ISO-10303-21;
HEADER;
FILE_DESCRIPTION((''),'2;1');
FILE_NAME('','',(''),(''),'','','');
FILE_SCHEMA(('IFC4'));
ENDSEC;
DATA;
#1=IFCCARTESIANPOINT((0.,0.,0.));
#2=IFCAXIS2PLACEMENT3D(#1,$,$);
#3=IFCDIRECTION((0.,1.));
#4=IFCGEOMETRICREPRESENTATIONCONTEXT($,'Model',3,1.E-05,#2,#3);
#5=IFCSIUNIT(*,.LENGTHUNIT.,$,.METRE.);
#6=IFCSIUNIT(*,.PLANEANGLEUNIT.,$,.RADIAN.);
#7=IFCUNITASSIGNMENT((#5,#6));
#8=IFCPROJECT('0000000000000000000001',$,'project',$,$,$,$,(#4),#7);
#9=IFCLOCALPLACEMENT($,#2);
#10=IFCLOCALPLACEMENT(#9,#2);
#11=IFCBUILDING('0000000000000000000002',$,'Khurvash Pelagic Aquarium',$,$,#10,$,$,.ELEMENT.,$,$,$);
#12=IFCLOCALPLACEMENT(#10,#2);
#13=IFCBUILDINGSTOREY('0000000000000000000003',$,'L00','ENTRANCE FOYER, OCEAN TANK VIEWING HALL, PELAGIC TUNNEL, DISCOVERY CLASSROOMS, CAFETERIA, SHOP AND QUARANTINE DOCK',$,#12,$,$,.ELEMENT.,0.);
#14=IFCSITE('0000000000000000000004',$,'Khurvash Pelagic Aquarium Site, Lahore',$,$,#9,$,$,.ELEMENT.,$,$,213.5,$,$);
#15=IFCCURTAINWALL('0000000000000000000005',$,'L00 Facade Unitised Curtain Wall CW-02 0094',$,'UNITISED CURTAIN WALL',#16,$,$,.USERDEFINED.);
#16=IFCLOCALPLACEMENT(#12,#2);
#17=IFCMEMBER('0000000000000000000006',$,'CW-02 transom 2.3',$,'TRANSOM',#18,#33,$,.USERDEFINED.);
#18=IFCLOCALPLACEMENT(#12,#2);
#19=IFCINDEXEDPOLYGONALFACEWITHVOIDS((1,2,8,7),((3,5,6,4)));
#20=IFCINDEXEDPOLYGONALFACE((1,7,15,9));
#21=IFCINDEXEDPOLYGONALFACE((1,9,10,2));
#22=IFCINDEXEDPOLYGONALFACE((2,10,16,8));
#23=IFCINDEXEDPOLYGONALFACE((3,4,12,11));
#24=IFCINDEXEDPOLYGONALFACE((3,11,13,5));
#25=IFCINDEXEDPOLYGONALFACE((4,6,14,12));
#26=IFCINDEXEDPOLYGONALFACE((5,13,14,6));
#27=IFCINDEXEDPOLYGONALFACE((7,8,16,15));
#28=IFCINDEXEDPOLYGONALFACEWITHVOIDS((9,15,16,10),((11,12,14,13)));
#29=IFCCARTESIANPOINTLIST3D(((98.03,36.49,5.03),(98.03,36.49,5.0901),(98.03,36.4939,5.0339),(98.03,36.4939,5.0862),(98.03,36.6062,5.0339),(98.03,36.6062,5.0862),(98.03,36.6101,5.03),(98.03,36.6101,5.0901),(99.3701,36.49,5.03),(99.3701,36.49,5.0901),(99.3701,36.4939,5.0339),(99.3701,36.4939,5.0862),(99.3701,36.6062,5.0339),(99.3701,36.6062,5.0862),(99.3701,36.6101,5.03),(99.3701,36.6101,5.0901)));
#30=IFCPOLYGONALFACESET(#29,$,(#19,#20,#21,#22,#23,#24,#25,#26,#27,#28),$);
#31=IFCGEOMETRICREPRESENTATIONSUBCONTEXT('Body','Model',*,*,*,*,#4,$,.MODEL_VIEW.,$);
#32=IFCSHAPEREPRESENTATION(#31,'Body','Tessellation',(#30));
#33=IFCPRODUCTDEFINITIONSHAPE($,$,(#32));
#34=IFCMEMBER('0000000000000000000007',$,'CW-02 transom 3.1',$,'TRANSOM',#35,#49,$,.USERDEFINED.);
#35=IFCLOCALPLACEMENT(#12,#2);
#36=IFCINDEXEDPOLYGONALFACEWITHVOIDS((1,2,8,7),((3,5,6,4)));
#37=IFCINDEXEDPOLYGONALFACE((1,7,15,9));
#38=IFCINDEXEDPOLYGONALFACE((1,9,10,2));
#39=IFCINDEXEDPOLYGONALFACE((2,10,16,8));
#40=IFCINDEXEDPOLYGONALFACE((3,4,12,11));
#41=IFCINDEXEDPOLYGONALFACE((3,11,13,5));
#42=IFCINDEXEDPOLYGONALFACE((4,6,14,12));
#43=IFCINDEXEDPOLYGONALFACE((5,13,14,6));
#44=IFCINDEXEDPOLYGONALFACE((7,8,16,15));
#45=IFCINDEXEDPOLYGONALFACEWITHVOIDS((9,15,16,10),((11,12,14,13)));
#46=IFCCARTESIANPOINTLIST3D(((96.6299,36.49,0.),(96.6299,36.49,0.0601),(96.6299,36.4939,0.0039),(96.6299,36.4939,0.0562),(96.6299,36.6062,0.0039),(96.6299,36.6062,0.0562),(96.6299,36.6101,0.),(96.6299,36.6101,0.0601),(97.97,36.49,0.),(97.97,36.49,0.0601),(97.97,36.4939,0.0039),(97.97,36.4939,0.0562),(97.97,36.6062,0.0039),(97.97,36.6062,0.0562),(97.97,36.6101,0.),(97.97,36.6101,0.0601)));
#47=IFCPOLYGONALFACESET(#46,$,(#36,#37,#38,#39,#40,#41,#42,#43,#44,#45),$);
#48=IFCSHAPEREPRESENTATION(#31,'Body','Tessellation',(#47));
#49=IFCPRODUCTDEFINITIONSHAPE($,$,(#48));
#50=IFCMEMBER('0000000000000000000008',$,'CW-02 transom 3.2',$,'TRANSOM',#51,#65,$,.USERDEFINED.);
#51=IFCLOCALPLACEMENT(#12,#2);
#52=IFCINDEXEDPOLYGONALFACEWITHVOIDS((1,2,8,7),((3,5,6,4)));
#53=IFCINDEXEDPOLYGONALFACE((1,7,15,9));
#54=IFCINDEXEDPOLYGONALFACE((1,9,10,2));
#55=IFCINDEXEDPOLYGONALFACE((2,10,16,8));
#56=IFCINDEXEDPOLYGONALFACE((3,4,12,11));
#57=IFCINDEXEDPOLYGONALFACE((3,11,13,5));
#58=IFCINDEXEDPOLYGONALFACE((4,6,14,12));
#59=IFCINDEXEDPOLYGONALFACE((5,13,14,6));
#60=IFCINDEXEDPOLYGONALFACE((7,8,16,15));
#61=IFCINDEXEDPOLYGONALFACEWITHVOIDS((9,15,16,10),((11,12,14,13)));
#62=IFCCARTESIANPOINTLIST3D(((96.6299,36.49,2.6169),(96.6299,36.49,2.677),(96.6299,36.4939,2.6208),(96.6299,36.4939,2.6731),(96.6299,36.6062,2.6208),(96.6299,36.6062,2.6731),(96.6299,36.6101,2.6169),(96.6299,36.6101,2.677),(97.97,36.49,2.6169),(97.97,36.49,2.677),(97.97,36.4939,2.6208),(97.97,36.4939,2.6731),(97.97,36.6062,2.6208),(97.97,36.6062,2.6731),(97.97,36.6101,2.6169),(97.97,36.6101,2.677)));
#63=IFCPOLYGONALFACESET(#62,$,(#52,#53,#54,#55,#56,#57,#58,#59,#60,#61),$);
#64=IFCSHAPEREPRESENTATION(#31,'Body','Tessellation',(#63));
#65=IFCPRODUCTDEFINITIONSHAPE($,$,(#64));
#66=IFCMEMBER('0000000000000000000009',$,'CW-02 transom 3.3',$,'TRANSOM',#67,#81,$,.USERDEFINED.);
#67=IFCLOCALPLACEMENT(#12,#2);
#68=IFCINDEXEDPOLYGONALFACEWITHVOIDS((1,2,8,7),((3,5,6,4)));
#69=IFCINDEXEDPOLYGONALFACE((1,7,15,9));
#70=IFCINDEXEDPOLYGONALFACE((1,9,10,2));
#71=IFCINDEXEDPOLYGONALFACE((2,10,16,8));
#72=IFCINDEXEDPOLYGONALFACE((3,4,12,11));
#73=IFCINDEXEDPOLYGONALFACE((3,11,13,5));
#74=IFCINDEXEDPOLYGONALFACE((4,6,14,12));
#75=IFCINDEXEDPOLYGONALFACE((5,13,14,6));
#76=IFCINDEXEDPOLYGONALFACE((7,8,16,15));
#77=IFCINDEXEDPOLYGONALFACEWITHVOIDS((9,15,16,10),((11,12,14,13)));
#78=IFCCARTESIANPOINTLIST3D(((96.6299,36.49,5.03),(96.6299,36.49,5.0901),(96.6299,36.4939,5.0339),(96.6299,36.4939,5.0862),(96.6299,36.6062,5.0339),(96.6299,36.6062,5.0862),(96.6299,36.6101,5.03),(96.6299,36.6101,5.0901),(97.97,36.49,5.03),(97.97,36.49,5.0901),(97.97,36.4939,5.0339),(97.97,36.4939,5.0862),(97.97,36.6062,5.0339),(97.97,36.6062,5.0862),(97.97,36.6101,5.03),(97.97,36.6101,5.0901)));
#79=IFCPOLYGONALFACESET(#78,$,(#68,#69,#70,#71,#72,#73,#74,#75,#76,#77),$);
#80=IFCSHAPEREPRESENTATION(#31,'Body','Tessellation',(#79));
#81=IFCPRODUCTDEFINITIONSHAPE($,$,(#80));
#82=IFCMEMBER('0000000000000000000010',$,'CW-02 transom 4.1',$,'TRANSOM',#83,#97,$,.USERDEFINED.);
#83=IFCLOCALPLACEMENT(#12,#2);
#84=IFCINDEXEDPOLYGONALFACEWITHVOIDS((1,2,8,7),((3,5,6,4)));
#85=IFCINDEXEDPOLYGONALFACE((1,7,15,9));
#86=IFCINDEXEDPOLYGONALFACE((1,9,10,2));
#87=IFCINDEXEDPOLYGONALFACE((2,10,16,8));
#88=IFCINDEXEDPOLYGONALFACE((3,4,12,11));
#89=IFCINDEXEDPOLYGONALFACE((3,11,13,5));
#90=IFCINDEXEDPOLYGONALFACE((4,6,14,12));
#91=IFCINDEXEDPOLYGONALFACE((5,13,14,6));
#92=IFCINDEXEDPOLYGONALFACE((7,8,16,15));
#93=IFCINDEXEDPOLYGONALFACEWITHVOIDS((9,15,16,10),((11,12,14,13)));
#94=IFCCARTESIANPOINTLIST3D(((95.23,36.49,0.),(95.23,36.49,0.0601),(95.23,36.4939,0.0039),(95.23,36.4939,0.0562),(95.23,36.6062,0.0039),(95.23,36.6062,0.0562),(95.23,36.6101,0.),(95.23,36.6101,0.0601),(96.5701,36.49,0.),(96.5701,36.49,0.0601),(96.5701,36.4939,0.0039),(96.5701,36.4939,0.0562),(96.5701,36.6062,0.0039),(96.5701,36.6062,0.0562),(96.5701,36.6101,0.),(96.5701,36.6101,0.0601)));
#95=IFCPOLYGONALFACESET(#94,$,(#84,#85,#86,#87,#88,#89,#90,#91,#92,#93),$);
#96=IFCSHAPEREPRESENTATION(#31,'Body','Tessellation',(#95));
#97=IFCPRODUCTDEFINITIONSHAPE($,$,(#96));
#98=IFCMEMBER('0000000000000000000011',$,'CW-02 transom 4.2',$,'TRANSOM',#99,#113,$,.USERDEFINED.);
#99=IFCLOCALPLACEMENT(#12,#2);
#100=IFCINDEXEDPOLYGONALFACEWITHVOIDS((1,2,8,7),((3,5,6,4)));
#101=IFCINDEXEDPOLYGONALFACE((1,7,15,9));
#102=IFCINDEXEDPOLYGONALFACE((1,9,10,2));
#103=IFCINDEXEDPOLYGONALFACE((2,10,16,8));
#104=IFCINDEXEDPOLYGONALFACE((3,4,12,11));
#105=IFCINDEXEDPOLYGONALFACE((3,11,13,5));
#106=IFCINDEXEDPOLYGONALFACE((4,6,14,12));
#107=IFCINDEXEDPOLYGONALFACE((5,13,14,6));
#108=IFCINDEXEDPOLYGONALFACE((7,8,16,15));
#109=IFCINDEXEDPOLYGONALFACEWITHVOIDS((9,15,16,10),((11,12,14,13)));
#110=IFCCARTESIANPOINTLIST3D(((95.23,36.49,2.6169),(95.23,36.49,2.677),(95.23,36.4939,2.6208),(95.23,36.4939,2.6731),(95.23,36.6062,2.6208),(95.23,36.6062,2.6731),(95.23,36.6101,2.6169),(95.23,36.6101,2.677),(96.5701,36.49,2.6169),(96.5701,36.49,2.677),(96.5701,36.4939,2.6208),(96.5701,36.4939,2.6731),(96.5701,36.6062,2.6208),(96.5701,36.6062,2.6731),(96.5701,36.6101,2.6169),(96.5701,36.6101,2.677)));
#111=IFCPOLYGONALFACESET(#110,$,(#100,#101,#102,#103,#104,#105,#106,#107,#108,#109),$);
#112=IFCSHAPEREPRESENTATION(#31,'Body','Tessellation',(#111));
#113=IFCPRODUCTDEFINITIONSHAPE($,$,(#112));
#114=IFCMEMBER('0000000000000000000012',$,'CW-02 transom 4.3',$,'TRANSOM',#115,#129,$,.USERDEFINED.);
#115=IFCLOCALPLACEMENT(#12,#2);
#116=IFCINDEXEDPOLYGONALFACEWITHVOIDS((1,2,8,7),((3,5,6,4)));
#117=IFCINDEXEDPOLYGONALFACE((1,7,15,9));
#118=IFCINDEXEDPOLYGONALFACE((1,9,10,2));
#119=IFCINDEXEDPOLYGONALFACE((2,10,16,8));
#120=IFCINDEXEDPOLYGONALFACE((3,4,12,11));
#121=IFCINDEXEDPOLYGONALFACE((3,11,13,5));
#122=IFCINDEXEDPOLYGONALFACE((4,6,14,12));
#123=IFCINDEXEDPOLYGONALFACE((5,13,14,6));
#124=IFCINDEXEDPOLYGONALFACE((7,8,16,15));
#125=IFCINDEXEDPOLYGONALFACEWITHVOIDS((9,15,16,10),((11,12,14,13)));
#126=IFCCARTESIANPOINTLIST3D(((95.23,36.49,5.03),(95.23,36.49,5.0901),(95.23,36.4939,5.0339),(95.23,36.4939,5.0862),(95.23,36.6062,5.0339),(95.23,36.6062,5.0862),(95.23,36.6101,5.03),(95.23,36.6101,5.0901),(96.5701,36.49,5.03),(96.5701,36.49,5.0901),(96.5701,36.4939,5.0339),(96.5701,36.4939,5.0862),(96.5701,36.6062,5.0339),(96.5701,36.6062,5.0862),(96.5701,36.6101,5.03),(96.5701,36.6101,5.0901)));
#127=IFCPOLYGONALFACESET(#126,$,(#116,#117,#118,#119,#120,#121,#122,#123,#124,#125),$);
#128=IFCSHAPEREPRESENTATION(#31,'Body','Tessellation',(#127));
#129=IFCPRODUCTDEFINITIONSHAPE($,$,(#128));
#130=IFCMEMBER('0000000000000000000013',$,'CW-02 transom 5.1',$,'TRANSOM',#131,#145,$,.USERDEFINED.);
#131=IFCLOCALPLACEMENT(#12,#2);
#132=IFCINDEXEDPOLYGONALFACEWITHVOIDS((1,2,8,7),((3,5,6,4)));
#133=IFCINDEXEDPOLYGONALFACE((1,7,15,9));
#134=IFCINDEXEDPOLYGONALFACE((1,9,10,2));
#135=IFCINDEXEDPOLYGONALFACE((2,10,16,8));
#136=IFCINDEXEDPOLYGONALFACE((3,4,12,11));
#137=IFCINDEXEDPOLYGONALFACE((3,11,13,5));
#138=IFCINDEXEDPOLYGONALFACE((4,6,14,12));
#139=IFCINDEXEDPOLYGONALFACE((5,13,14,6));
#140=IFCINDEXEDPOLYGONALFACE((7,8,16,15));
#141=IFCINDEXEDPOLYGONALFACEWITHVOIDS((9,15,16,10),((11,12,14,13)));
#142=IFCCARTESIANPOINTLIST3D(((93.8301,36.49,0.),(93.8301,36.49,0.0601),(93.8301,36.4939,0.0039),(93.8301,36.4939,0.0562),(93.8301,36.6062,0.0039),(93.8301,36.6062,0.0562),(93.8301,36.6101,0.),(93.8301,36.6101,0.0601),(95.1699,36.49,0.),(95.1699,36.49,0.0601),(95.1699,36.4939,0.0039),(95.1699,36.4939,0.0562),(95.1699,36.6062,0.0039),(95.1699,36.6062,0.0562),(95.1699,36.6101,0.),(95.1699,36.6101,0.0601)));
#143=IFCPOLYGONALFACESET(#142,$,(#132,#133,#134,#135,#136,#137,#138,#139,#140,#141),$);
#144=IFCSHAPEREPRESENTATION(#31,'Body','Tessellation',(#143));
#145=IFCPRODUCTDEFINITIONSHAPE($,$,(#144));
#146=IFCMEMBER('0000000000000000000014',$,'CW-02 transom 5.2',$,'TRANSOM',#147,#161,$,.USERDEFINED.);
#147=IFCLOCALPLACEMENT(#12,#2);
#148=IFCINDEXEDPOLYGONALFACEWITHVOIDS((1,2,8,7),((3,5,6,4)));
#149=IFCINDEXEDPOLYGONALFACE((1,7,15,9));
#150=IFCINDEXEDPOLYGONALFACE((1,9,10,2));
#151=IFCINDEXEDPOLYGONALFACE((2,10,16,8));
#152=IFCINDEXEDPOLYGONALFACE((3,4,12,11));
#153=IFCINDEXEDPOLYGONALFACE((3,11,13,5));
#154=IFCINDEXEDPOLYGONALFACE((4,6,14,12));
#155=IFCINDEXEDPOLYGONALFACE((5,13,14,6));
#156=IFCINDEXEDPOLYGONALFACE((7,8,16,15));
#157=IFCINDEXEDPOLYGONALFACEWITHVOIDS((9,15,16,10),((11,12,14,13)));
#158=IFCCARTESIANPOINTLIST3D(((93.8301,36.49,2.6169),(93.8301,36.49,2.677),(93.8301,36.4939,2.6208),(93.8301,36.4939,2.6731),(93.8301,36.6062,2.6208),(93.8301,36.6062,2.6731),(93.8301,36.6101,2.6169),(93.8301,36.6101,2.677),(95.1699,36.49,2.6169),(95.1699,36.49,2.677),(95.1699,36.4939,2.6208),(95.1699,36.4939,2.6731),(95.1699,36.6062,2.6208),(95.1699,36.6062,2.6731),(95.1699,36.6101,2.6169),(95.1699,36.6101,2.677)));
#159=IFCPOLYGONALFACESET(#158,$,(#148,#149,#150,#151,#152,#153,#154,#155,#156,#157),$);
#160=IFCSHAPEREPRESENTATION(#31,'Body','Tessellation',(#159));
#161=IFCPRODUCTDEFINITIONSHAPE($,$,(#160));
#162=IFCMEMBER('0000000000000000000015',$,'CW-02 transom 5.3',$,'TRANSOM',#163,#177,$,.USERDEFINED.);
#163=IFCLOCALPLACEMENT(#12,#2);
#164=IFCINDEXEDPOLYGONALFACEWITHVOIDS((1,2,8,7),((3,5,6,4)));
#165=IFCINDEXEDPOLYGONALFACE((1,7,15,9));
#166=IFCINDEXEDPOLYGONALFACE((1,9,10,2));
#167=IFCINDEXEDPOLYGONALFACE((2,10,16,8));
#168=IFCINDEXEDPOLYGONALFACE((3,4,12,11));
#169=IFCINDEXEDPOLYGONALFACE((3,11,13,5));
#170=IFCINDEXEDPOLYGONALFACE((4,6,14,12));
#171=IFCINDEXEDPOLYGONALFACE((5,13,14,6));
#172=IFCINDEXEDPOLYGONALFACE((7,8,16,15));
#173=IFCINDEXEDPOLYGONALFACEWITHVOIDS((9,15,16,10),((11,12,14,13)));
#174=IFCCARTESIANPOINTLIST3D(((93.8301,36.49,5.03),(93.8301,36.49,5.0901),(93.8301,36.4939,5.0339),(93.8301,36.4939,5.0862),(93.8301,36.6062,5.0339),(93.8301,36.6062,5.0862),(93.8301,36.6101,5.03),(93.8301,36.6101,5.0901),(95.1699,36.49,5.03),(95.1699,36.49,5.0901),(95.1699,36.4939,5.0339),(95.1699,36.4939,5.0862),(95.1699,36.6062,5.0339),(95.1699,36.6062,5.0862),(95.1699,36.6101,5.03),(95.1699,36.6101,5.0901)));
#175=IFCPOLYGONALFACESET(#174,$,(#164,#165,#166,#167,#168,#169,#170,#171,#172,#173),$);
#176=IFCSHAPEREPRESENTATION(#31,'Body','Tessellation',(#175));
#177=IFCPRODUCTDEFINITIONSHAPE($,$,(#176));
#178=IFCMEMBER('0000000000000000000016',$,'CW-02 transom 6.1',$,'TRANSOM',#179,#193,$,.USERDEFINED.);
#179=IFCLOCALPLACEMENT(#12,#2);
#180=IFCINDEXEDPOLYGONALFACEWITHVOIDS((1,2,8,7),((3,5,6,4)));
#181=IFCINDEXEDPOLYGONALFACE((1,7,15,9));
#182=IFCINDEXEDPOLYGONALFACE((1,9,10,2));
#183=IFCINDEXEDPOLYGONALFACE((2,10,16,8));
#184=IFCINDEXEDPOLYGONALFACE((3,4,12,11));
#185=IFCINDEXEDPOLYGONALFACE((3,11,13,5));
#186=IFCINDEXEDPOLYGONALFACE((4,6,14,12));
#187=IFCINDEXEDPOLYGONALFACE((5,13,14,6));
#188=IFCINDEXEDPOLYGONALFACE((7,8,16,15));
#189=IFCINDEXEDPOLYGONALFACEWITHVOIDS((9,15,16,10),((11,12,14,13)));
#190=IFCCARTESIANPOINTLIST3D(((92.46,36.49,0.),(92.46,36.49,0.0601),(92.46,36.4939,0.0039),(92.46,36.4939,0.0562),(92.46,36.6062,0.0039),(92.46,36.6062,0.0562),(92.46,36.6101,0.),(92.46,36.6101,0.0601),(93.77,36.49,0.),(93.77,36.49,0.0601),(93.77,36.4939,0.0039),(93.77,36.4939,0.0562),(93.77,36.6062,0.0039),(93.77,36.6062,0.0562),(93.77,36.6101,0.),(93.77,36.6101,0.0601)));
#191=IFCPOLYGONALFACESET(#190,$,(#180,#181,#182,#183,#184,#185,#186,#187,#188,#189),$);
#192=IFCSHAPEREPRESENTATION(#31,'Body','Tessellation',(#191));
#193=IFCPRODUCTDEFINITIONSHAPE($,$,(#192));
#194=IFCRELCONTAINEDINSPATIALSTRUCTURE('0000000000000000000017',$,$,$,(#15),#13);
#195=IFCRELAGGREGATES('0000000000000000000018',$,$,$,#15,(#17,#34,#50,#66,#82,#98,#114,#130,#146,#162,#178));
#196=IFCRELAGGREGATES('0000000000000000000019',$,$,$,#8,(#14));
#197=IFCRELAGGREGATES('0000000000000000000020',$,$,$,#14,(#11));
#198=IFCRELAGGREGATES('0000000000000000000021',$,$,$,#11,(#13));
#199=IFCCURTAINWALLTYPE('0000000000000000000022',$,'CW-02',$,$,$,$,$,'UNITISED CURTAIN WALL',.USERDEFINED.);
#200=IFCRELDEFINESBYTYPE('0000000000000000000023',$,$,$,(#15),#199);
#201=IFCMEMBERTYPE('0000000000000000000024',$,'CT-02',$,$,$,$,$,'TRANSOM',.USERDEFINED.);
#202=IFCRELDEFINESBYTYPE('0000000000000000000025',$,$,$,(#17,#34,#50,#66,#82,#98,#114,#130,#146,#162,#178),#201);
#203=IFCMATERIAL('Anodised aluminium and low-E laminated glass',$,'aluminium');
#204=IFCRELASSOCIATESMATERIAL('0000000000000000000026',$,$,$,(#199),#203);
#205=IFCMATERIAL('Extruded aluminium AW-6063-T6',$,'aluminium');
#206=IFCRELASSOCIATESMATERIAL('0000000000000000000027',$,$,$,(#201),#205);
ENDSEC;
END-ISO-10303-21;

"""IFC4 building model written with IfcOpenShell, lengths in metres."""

from ifc_helpers import new_model, si_unit, direction, frame, origin, origin_2d, place, context, subcontext, project, spatial, hollow_rectangle, extrude, material, material_profile, profile_set, type_object, element, aggregate, save


model = new_model("IFC4")

# Units and contexts
model_context = context("Model", 3, precision=1e-05, world=origin(), true_north=direction((0.0, 1.0)))
body_context = subcontext(model_context, "Body", "Model", "MODEL_VIEW")
ifc_project = project(units=[si_unit("LENGTHUNIT", "METRE"), si_unit("PLANEANGLEUNIT", "RADIAN")], contexts=[model_context])

# Site, building, storey
site_placement = place(None, origin())
site = spatial("IfcSite", under=ifc_project, at=site_placement, Name="Khurvash Pelagic Aquarium Site, Lahore", CompositionType="ELEMENT", RefElevation=213.5)
building_placement = place(site_placement, origin())
building = spatial("IfcBuilding", under=site, at=building_placement, Name="Khurvash Pelagic Aquarium", CompositionType="ELEMENT")
storey_placement = place(building_placement, origin())
storey = spatial("IfcBuildingStorey", under=building, at=storey_placement, Name="L00", Description="ENTRANCE FOYER, OCEAN TANK VIEWING HALL, PELAGIC TUNNEL, DISCOVERY CLASSROOMS, CAFETERIA, SHOP AND QUARANTINE DOCK", CompositionType="ELEMENT", Elevation=0.0)

# Curtain wall
ifc_material_1 = material(Name="Anodised aluminium and low-E laminated glass", Category="aluminium")
curtain_wall_type = type_object("IfcCurtainWallType", Name="CW-02", ElementType="UNITISED CURTAIN WALL", PredefinedType="USERDEFINED", material=ifc_material_1)
curtain_wall_1_placement = place(storey_placement, origin())
curtain_wall_1 = element("IfcCurtainWall", 1, at=curtain_wall_1_placement, inside=storey, type_object=curtain_wall_type, Name="L00 Facade Unitised Curtain Wall CW-02 0094", ObjectType="UNITISED CURTAIN WALL", PredefinedType="USERDEFINED")
ifc_material_2 = material(Name="Extruded aluminium AW-6063-T6", Category="aluminium")

# Members
ifc_material_profile_1 = material_profile(ifc_material_2, hollow_rectangle(XDim=0.1201, YDim=0.0601, WallThickness=0.0039, at=origin_2d()), Name="CWT120X60X4")
ifc_profile_set_1 = profile_set([ifc_material_profile_1], Name="Extruded aluminium AW-6063-T6")
member_type_1 = type_object("IfcMemberType", Name="CT-02", ElementType="TRANSOM", PredefinedType="USERDEFINED", material=ifc_profile_set_1)
member_1_placement = place(storey_placement, frame((99.3701, 36.55, 5.0601), z_axis=(-1.0, 0.0, 0.0), x_axis=(0.0, -1.0, 0.0)))
member_1 = element("IfcMember", 2, at=member_1_placement, type_object=member_type_1, Name="CW-02 transom 2.3", ObjectType="TRANSOM", PredefinedType="USERDEFINED", context=body_context, shape_type="SweptSolid", body=[
    extrude(hollow_rectangle(XDim=0.1201, YDim=0.0601, WallThickness=0.0039, at=origin_2d()), origin(), (0.0, 0.0, 1.0), 1.3401),
])
member_2_placement = place(storey_placement, frame((97.97, 36.55, 0.03), z_axis=(-1.0, 0.0, 0.0), x_axis=(0.0, -1.0, 0.0)))
member_2 = element("IfcMember", 3, at=member_2_placement, type_object=member_type_1, Name="CW-02 transom 3.1", ObjectType="TRANSOM", PredefinedType="USERDEFINED", context=body_context, shape_type="SweptSolid", body=[
    extrude(hollow_rectangle(XDim=0.1201, YDim=0.0601, WallThickness=0.0039, at=origin_2d()), origin(), (0.0, 0.0, 1.0), 1.3401),
])
member_3_placement = place(storey_placement, frame((97.97, 36.55, 2.647), z_axis=(-1.0, 0.0, 0.0), x_axis=(0.0, -1.0, 0.0)))
member_3 = element("IfcMember", 4, at=member_3_placement, type_object=member_type_1, Name="CW-02 transom 3.2", ObjectType="TRANSOM", PredefinedType="USERDEFINED", context=body_context, shape_type="SweptSolid", body=[
    extrude(hollow_rectangle(XDim=0.1201, YDim=0.0601, WallThickness=0.0039, at=origin_2d()), origin(), (0.0, 0.0, 1.0), 1.3401),
])
member_4_placement = place(storey_placement, frame((97.97, 36.55, 5.0601), z_axis=(-1.0, 0.0, 0.0), x_axis=(0.0, -1.0, 0.0)))
member_4 = element("IfcMember", 5, at=member_4_placement, type_object=member_type_1, Name="CW-02 transom 3.3", ObjectType="TRANSOM", PredefinedType="USERDEFINED", context=body_context, shape_type="SweptSolid", body=[
    extrude(hollow_rectangle(XDim=0.1201, YDim=0.0601, WallThickness=0.0039, at=origin_2d()), origin(), (0.0, 0.0, 1.0), 1.3401),
])
member_5_placement = place(storey_placement, frame((96.5701, 36.55, 0.03), z_axis=(-1.0, 0.0, 0.0), x_axis=(0.0, -1.0, 0.0)))
member_5 = element("IfcMember", 6, at=member_5_placement, type_object=member_type_1, Name="CW-02 transom 4.1", ObjectType="TRANSOM", PredefinedType="USERDEFINED", context=body_context, shape_type="SweptSolid", body=[
    extrude(hollow_rectangle(XDim=0.1201, YDim=0.0601, WallThickness=0.0039, at=origin_2d()), origin(), (0.0, 0.0, 1.0), 1.3401),
])
member_6_placement = place(storey_placement, frame((96.5701, 36.55, 2.647), z_axis=(-1.0, 0.0, 0.0), x_axis=(0.0, -1.0, 0.0)))
member_6 = element("IfcMember", 7, at=member_6_placement, type_object=member_type_1, Name="CW-02 transom 4.2", ObjectType="TRANSOM", PredefinedType="USERDEFINED", context=body_context, shape_type="SweptSolid", body=[
    extrude(hollow_rectangle(XDim=0.1201, YDim=0.0601, WallThickness=0.0039, at=origin_2d()), origin(), (0.0, 0.0, 1.0), 1.3401),
])
member_7_placement = place(storey_placement, frame((96.5701, 36.55, 5.0601), z_axis=(-1.0, 0.0, 0.0), x_axis=(0.0, -1.0, 0.0)))
member_7 = element("IfcMember", 8, at=member_7_placement, type_object=member_type_1, Name="CW-02 transom 4.3", ObjectType="TRANSOM", PredefinedType="USERDEFINED", context=body_context, shape_type="SweptSolid", body=[
    extrude(hollow_rectangle(XDim=0.1201, YDim=0.0601, WallThickness=0.0039, at=origin_2d()), origin(), (0.0, 0.0, 1.0), 1.3401),
])
member_8_placement = place(storey_placement, frame((95.1699, 36.55, 0.03), z_axis=(-1.0, 0.0, 0.0), x_axis=(0.0, -1.0, 0.0)))
member_8 = element("IfcMember", 9, at=member_8_placement, type_object=member_type_1, Name="CW-02 transom 5.1", ObjectType="TRANSOM", PredefinedType="USERDEFINED", context=body_context, shape_type="SweptSolid", body=[
    extrude(hollow_rectangle(XDim=0.1201, YDim=0.0601, WallThickness=0.0039, at=origin_2d()), origin(), (0.0, 0.0, 1.0), 1.3398),
])
member_9_placement = place(storey_placement, frame((95.1699, 36.55, 2.647), z_axis=(-1.0, 0.0, 0.0), x_axis=(0.0, -1.0, 0.0)))
member_9 = element("IfcMember", 10, at=member_9_placement, type_object=member_type_1, Name="CW-02 transom 5.2", ObjectType="TRANSOM", PredefinedType="USERDEFINED", context=body_context, shape_type="SweptSolid", body=[
    extrude(hollow_rectangle(XDim=0.1201, YDim=0.0601, WallThickness=0.0039, at=origin_2d()), origin(), (0.0, 0.0, 1.0), 1.3398),
])
member_10_placement = place(storey_placement, frame((95.1699, 36.55, 5.0601), z_axis=(-1.0, 0.0, 0.0), x_axis=(0.0, -1.0, 0.0)))
member_10 = element("IfcMember", 11, at=member_10_placement, type_object=member_type_1, Name="CW-02 transom 5.3", ObjectType="TRANSOM", PredefinedType="USERDEFINED", context=body_context, shape_type="SweptSolid", body=[
    extrude(hollow_rectangle(XDim=0.1201, YDim=0.0601, WallThickness=0.0039, at=origin_2d()), origin(), (0.0, 0.0, 1.0), 1.3398),
])
member_11_placement = place(storey_placement, frame((93.77, 36.55, 0.03), z_axis=(-1.0, 0.0, 0.0), x_axis=(0.0, -1.0, 0.0)))
member_11 = element("IfcMember", 12, at=member_11_placement, type_object=member_type_1, Name="CW-02 transom 6.1", ObjectType="TRANSOM", PredefinedType="USERDEFINED", context=body_context, shape_type="SweptSolid", body=[
    extrude(hollow_rectangle(XDim=0.1201, YDim=0.0601, WallThickness=0.0039, at=origin_2d()), origin(), (0.0, 0.0, 1.0), 1.3101),
])

aggregate(curtain_wall_1, [member_1, member_2, member_3, member_4, member_5, member_6, member_7, member_8, member_9, member_10, member_11])

save(model, "model.ifc")
